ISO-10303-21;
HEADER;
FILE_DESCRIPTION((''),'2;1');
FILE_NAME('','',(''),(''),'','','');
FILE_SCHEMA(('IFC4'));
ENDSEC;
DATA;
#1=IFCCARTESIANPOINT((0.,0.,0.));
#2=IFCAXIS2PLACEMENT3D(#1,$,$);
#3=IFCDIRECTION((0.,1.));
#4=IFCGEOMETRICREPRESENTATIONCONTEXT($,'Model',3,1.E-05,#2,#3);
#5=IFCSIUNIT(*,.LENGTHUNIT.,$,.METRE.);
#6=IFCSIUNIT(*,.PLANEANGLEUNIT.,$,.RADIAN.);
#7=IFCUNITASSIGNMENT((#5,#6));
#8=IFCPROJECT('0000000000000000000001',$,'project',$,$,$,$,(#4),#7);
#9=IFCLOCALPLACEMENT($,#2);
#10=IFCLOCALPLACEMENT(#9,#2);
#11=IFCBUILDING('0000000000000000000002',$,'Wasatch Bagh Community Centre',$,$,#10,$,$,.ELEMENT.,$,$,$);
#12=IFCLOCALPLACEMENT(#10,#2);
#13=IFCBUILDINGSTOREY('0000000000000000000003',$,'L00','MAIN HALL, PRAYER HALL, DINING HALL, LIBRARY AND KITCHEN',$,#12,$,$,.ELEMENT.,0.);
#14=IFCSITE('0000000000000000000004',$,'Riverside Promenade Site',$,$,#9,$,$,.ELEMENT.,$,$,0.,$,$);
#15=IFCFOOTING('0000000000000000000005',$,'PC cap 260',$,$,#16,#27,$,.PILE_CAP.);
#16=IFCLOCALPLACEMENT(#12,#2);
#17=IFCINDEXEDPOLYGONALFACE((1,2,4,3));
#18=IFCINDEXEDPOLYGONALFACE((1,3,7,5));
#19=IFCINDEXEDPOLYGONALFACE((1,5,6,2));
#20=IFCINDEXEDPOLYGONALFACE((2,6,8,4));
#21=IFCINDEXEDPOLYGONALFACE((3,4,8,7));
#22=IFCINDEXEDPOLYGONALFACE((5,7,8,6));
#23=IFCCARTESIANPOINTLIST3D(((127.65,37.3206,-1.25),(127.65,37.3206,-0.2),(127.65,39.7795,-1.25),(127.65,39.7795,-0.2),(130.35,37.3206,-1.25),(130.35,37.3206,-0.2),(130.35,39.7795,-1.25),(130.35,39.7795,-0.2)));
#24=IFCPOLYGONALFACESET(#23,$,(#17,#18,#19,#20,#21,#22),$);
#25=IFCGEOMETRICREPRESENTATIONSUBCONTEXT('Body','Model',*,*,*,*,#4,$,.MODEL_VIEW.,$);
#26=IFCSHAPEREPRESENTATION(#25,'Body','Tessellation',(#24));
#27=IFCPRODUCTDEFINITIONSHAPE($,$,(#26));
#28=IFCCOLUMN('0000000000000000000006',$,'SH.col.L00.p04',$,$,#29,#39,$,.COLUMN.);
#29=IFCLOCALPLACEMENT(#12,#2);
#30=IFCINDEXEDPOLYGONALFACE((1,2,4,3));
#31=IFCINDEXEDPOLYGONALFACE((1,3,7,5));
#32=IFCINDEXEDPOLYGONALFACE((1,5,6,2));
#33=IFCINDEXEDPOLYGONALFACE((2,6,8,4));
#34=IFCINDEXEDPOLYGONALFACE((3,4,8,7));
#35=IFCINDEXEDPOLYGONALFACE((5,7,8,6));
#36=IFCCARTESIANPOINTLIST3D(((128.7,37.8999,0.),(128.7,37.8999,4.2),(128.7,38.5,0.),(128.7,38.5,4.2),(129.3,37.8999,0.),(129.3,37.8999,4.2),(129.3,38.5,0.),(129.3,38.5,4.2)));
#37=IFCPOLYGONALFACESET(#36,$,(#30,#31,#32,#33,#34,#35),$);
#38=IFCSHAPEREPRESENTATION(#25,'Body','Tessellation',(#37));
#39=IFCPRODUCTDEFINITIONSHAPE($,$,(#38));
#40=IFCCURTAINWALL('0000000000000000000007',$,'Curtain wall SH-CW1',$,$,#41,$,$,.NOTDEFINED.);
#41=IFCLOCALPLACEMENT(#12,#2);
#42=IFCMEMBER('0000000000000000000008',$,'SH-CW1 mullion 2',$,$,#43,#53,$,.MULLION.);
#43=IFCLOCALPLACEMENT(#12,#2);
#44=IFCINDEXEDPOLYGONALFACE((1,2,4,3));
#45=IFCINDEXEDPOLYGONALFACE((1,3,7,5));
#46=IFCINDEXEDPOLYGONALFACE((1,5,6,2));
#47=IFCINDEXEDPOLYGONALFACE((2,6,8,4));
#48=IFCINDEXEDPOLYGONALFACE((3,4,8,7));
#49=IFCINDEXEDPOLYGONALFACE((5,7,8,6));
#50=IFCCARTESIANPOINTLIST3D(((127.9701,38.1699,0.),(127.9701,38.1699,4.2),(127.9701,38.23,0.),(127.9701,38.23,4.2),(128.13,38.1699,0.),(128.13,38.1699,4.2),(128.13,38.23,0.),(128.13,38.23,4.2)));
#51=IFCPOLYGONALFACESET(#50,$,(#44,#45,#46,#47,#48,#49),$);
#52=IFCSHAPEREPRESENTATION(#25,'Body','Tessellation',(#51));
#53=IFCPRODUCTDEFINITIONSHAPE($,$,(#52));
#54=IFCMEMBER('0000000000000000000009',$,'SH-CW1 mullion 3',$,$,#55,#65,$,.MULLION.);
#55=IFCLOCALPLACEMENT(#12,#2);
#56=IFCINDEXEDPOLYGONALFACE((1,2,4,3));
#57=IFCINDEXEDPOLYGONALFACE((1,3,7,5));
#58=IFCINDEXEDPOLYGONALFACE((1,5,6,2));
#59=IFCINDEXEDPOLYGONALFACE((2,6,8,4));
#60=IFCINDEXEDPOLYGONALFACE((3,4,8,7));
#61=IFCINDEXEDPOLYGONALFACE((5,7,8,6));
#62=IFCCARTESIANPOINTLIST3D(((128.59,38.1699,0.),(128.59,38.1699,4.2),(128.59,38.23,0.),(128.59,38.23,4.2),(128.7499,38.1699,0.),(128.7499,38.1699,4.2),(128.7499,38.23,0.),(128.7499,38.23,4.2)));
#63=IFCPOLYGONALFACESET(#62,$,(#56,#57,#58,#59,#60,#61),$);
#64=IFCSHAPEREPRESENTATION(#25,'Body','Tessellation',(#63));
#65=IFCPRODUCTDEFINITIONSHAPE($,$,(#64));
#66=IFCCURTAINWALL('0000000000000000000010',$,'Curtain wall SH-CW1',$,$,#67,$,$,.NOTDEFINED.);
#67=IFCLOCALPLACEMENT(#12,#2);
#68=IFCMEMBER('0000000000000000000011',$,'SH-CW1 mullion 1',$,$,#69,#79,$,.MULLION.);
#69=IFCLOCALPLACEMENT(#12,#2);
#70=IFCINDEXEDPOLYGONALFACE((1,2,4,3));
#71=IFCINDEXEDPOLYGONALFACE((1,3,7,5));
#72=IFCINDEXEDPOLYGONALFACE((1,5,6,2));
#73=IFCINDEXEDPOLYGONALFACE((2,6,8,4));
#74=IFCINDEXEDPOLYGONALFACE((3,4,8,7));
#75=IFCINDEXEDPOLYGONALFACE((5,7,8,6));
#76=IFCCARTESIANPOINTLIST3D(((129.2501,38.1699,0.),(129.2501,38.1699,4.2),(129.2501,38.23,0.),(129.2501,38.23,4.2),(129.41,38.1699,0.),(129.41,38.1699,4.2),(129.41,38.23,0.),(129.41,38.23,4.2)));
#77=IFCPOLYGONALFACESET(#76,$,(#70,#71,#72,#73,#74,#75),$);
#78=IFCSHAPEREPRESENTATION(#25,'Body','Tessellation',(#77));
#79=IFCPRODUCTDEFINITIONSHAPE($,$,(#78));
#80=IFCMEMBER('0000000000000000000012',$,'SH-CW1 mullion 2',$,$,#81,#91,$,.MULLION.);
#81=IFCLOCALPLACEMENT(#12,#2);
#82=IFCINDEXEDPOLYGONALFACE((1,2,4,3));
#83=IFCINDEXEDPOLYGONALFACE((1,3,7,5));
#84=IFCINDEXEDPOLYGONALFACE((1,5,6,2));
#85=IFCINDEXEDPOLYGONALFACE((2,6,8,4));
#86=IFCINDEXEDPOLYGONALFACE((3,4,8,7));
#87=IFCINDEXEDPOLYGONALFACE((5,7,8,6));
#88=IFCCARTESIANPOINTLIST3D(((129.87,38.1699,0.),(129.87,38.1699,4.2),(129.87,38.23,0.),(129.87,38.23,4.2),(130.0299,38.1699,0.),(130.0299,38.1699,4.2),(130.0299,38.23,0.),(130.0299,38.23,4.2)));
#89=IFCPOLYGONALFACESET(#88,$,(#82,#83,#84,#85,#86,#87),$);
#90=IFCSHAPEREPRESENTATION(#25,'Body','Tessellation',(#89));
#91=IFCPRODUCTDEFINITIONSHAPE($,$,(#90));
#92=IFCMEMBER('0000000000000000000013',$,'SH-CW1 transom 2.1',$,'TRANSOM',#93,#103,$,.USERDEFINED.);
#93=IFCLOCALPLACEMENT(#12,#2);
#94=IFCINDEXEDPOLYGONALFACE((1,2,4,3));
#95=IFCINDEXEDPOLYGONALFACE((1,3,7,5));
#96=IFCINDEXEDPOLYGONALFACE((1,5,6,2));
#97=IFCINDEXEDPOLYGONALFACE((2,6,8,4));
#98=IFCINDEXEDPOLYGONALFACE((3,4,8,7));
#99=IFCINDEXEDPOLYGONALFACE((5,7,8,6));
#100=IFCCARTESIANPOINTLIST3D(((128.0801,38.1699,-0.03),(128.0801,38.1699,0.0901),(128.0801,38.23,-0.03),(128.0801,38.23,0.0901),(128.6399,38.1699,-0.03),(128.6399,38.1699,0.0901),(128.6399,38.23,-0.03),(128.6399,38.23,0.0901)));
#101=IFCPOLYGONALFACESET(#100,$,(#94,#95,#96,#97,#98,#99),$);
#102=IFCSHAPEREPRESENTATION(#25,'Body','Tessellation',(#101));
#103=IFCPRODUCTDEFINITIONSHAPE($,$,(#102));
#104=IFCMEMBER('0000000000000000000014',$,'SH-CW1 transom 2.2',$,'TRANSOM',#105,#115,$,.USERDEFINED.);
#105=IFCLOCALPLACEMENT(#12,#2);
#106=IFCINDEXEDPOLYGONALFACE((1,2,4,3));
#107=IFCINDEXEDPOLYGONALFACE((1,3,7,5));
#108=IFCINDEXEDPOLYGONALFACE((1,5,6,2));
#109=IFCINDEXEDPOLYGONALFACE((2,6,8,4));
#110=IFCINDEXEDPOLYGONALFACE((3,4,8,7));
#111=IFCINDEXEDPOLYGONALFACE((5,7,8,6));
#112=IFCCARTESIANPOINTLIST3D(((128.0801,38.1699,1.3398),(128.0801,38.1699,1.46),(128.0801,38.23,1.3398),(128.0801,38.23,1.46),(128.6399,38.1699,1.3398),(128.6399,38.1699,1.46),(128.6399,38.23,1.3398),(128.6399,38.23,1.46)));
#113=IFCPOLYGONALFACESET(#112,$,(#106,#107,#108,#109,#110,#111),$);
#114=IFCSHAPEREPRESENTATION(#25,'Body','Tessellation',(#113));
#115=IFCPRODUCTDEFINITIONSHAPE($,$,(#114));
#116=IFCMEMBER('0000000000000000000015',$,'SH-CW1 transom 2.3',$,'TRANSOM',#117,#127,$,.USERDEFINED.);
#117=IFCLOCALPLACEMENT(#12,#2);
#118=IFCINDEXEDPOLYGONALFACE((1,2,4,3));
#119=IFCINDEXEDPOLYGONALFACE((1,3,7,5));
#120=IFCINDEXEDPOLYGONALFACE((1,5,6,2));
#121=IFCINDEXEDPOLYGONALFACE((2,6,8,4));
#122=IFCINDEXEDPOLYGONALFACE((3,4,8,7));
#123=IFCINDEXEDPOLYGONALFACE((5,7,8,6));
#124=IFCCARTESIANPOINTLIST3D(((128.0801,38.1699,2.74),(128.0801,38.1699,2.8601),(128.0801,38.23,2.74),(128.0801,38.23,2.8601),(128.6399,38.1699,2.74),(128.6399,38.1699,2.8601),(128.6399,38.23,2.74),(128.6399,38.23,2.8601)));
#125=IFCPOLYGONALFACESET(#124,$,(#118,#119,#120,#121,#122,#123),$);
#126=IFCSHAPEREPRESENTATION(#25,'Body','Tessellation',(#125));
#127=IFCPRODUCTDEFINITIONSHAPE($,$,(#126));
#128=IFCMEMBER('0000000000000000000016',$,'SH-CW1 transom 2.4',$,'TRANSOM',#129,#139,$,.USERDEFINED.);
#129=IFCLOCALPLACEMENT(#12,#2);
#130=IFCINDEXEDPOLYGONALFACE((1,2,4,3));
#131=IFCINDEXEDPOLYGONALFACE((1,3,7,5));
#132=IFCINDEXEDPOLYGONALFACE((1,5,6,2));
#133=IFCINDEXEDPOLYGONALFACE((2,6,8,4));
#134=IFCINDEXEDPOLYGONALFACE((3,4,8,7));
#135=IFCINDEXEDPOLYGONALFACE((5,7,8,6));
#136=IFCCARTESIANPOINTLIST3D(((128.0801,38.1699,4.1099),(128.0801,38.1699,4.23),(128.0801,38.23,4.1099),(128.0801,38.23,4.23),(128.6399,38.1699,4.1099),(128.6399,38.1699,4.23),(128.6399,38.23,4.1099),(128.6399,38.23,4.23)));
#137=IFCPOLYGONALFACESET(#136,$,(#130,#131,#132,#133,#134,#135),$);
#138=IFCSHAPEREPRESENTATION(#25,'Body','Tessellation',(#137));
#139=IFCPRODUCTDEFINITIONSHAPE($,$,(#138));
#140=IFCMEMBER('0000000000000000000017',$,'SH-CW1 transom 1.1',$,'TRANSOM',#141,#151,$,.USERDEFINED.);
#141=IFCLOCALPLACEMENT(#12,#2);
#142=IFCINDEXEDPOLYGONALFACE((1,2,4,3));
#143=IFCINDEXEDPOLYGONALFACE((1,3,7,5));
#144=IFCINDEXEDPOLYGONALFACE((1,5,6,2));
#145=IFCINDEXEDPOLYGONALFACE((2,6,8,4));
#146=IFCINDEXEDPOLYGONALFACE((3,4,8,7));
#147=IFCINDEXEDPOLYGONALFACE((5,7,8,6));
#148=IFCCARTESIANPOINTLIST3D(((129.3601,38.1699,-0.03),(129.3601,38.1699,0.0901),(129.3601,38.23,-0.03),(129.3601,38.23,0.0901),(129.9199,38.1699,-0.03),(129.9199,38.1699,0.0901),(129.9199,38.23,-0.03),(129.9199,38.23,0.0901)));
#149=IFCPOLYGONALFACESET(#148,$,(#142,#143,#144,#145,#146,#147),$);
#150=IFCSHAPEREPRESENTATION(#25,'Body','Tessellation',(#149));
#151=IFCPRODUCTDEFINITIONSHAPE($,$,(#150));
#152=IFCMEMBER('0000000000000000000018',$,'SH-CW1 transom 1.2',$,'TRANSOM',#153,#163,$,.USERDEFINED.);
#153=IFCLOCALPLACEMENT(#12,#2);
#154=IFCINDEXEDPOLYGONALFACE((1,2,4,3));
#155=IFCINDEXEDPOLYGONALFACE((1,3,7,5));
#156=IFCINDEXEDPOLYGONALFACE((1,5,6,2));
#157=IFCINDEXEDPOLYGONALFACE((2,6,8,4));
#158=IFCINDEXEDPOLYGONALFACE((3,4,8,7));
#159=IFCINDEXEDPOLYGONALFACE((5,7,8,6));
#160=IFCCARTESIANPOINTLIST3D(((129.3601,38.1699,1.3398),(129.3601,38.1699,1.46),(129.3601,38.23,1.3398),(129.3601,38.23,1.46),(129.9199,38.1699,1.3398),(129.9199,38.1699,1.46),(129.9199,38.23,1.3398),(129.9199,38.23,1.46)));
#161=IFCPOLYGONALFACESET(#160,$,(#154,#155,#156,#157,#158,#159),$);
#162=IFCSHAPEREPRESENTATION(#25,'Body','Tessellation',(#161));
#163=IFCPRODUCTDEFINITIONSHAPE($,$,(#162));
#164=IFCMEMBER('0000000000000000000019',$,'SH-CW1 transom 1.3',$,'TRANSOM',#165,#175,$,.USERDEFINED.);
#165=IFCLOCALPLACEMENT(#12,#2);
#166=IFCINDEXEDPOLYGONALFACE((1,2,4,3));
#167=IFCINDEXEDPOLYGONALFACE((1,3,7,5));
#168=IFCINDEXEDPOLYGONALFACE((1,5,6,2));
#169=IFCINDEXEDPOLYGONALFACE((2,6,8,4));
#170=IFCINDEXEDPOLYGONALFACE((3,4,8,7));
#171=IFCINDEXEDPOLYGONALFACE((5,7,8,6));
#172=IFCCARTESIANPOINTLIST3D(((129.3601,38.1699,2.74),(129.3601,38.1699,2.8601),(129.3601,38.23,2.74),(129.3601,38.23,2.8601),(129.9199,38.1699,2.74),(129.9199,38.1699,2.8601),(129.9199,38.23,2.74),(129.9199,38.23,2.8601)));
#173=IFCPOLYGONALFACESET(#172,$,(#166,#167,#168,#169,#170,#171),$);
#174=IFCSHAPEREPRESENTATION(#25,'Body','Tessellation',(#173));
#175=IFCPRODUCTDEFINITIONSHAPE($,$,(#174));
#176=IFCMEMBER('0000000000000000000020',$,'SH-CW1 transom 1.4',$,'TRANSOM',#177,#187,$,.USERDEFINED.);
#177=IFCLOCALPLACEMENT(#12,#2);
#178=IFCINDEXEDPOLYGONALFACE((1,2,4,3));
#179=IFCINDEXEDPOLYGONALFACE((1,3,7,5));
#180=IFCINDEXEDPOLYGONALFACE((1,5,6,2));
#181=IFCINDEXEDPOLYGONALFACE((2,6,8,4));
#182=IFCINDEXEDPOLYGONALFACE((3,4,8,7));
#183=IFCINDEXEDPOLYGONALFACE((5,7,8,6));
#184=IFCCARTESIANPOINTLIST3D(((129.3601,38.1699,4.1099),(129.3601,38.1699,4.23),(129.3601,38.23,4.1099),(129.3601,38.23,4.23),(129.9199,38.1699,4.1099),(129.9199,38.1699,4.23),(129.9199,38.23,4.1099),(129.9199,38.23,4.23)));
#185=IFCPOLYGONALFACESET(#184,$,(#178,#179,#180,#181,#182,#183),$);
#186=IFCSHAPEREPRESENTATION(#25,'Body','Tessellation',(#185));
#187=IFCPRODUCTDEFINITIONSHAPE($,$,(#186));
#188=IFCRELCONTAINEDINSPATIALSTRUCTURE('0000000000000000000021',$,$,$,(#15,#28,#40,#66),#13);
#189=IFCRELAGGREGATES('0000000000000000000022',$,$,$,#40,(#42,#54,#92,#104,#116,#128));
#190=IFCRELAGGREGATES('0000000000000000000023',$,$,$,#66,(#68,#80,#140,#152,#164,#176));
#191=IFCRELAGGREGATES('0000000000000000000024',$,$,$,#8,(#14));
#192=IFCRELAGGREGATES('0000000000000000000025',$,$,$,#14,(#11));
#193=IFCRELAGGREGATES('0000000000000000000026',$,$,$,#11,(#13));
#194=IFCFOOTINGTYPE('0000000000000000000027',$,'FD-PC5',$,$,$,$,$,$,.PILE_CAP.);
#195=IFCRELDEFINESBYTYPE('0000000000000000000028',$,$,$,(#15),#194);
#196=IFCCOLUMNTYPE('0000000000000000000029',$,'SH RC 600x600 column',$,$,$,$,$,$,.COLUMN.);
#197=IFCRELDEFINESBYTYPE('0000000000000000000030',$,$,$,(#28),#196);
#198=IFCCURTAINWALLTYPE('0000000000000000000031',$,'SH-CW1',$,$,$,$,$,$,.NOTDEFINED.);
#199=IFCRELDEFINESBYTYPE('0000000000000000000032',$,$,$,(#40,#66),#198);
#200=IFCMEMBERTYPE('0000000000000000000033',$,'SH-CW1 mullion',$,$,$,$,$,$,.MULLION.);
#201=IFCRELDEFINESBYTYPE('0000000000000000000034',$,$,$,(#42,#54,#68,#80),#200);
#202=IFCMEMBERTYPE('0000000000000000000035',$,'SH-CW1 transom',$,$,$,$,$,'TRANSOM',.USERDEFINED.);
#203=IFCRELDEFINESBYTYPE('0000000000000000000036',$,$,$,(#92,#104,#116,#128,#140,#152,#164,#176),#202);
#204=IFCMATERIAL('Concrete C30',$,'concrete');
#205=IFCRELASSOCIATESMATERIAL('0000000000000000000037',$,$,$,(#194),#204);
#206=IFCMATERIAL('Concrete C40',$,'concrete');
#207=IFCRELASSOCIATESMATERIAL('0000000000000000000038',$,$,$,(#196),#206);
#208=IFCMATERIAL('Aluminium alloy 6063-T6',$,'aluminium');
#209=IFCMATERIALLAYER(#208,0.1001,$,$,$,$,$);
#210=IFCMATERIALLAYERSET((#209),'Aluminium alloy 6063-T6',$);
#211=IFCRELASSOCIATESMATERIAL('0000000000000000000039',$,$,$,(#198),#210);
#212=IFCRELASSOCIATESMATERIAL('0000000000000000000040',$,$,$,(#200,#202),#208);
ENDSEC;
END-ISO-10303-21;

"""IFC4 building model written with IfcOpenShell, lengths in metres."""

from ifc_helpers import new_model, si_unit, direction, frame, origin, origin_2d, place, context, subcontext, project, spatial, rectangle, extrude, material, layer, layer_set, material_profile, profile_set, type_object, element, aggregate, save


model = new_model("IFC4")

# Units and contexts
model_context = context("Model", 3, precision=1e-05, world=origin(), true_north=direction((0.0, 1.0)))
body_context = subcontext(model_context, "Body", "Model", "MODEL_VIEW")
ifc_project = project(units=[si_unit("LENGTHUNIT", "METRE"), si_unit("PLANEANGLEUNIT", "RADIAN")], contexts=[model_context])

# Site, building, storey
site_placement = place(None, origin())
site = spatial("IfcSite", under=ifc_project, at=site_placement, Name="Riverside Promenade Site", CompositionType="ELEMENT", RefElevation=0.0)
building_placement = place(site_placement, origin())
building = spatial("IfcBuilding", under=site, at=building_placement, Name="Wasatch Bagh Community Centre", CompositionType="ELEMENT")
storey_placement = place(building_placement, origin())
storey = spatial("IfcBuildingStorey", under=building, at=storey_placement, Name="L00", Description="MAIN HALL, PRAYER HALL, DINING HALL, LIBRARY AND KITCHEN", CompositionType="ELEMENT", Elevation=0.0)

# Footing
ifc_material_1 = material(Name="Concrete C30", Category="concrete")
footing_type = type_object("IfcFootingType", Name="FD-PC5", PredefinedType="PILE_CAP", material=ifc_material_1)
footing_placement = place(storey_placement, frame((129.0, 38.55, -1.25), z_axis=(0.0, 0.0, 1.0), x_axis=(1.0, 0.0, 0.0)))
element("IfcFooting", 1, at=footing_placement, inside=storey, type_object=footing_type, Name="PC cap 260", PredefinedType="PILE_CAP", context=body_context, shape_type="SweptSolid", body=[
    extrude(rectangle(XDim=2.7, YDim=2.459, at=origin_2d()), origin(), (0.0, 0.0, 1.0), 1.05),
])

# Column
ifc_material_2 = material(Name="Concrete C40", Category="concrete")
ifc_material_profile_1 = material_profile(ifc_material_2, rectangle(XDim=0.6001, YDim=0.6001, at=origin_2d()), Name="RC 600x600")
ifc_profile_set_1 = profile_set([ifc_material_profile_1], Name="Concrete C40")
column_type = type_object("IfcColumnType", Name="SH RC 600x600 column", PredefinedType="COLUMN", material=ifc_profile_set_1)
column_placement = place(storey_placement, frame((129.0, 38.2, 0.0), z_axis=(0.0, 0.0, 1.0), x_axis=(1.0, 0.0, 0.0)))
element("IfcColumn", 2, at=column_placement, inside=storey, type_object=column_type, Name="SH.col.L00.p04", PredefinedType="COLUMN", context=body_context, shape_type="SweptSolid", body=[
    extrude(rectangle(XDim=0.6001, YDim=0.6001, at=origin_2d()), origin(), (0.0, 0.0, 1.0), 4.2),
])

# Curtain walls, members
ifc_material_3 = material(Name="Aluminium alloy 6063-T6", Category="aluminium")
ifc_layer_1 = layer(ifc_material_3, 0.1001)
ifc_layer_set_1 = layer_set([ifc_layer_1], Name="Aluminium alloy 6063-T6")
curtain_wall_type = type_object("IfcCurtainWallType", Name="SH-CW1", PredefinedType="NOTDEFINED", material=ifc_layer_set_1)
curtain_wall_1_placement = place(storey_placement, origin())
curtain_wall_1 = element("IfcCurtainWall", 3, at=curtain_wall_1_placement, inside=storey, type_object=curtain_wall_type, Name="Curtain wall SH-CW1", PredefinedType="NOTDEFINED")
ifc_material_profile_2 = material_profile(ifc_material_3, rectangle(XDim=0.0601, YDim=0.1599, at=origin_2d()), Name="AL 60x160")
ifc_profile_set_2 = profile_set([ifc_material_profile_2], Name="Aluminium alloy 6063-T6")
member_type_1 = type_object("IfcMemberType", Name="SH-CW1 mullion", PredefinedType="MULLION", material=ifc_profile_set_2)
member_1_placement = place(storey_placement, frame((128.05, 38.2, 0.0), z_axis=(0.0, 0.0, 1.0), x_axis=(0.0, 1.0, 0.0)))
member_1 = element("IfcMember", 4, at=member_1_placement, type_object=member_type_1, Name="SH-CW1 mullion 2", PredefinedType="MULLION", context=body_context, shape_type="SweptSolid", body=[
    extrude(rectangle(XDim=0.0601, YDim=0.1599, at=origin_2d()), origin(), (0.0, 0.0, 1.0), 4.2),
])
member_2_placement = place(storey_placement, frame((128.6699, 38.2, 0.0), z_axis=(0.0, 0.0, 1.0), x_axis=(0.0, 1.0, 0.0)))
member_2 = element("IfcMember", 5, at=member_2_placement, type_object=member_type_1, Name="SH-CW1 mullion 3", PredefinedType="MULLION", context=body_context, shape_type="SweptSolid", body=[
    extrude(rectangle(XDim=0.0601, YDim=0.1599, at=origin_2d()), origin(), (0.0, 0.0, 1.0), 4.2),
])
curtain_wall_2_placement = place(storey_placement, origin())
curtain_wall_2 = element("IfcCurtainWall", 6, at=curtain_wall_2_placement, inside=storey, type_object=curtain_wall_type, Name="Curtain wall SH-CW1", PredefinedType="NOTDEFINED")
member_3_placement = place(storey_placement, frame((129.3301, 38.2, 0.0), z_axis=(0.0, 0.0, 1.0), x_axis=(0.0, 1.0, 0.0)))
member_3 = element("IfcMember", 7, at=member_3_placement, type_object=member_type_1, Name="SH-CW1 mullion 1", PredefinedType="MULLION", context=body_context, shape_type="SweptSolid", body=[
    extrude(rectangle(XDim=0.0601, YDim=0.1599, at=origin_2d()), origin(), (0.0, 0.0, 1.0), 4.2),
])
member_4_placement = place(storey_placement, frame((129.95, 38.2, 0.0), z_axis=(0.0, 0.0, 1.0), x_axis=(0.0, 1.0, 0.0)))
member_4 = element("IfcMember", 8, at=member_4_placement, type_object=member_type_1, Name="SH-CW1 mullion 2", PredefinedType="MULLION", context=body_context, shape_type="SweptSolid", body=[
    extrude(rectangle(XDim=0.0601, YDim=0.1599, at=origin_2d()), origin(), (0.0, 0.0, 1.0), 4.2),
])

# Members
ifc_material_profile_3 = material_profile(ifc_material_3, rectangle(XDim=0.0601, YDim=0.1201, at=origin_2d()), Name="AL 60x120")
ifc_profile_set_3 = profile_set([ifc_material_profile_3], Name="Aluminium alloy 6063-T6")
member_type_2 = type_object("IfcMemberType", Name="SH-CW1 transom", ElementType="TRANSOM", PredefinedType="USERDEFINED", material=ifc_profile_set_3)
member_5_placement = place(storey_placement, frame((128.0801, 38.2, 0.03), z_axis=(1.0, 0.0, 0.0), x_axis=(0.0, 1.0, 0.0)))
member_5 = element("IfcMember", 9, at=member_5_placement, type_object=member_type_2, Name="SH-CW1 transom 2.1", ObjectType="TRANSOM", PredefinedType="USERDEFINED", context=body_context, shape_type="SweptSolid", body=[
    extrude(rectangle(XDim=0.0601, YDim=0.1201, at=origin_2d()), origin(), (0.0, 0.0, 1.0), 0.5598),
])
member_6_placement = place(storey_placement, frame((128.0801, 38.2, 1.3999), z_axis=(1.0, 0.0, 0.0), x_axis=(0.0, 1.0, 0.0)))
member_6 = element("IfcMember", 10, at=member_6_placement, type_object=member_type_2, Name="SH-CW1 transom 2.2", ObjectType="TRANSOM", PredefinedType="USERDEFINED", context=body_context, shape_type="SweptSolid", body=[
    extrude(rectangle(XDim=0.0601, YDim=0.1201, at=origin_2d()), origin(), (0.0, 0.0, 1.0), 0.5598),
])
member_7_placement = place(storey_placement, frame((128.0801, 38.2, 2.8), z_axis=(1.0, 0.0, 0.0), x_axis=(0.0, 1.0, 0.0)))
member_7 = element("IfcMember", 11, at=member_7_placement, type_object=member_type_2, Name="SH-CW1 transom 2.3", ObjectType="TRANSOM", PredefinedType="USERDEFINED", context=body_context, shape_type="SweptSolid", body=[
    extrude(rectangle(XDim=0.0601, YDim=0.1201, at=origin_2d()), origin(), (0.0, 0.0, 1.0), 0.5598),
])
member_8_placement = place(storey_placement, frame((128.0801, 38.2, 4.1699), z_axis=(1.0, 0.0, 0.0), x_axis=(0.0, 1.0, 0.0)))
member_8 = element("IfcMember", 12, at=member_8_placement, type_object=member_type_2, Name="SH-CW1 transom 2.4", ObjectType="TRANSOM", PredefinedType="USERDEFINED", context=body_context, shape_type="SweptSolid", body=[
    extrude(rectangle(XDim=0.0601, YDim=0.1201, at=origin_2d()), origin(), (0.0, 0.0, 1.0), 0.5598),
])
member_9_placement = place(storey_placement, frame((129.3601, 38.2, 0.03), z_axis=(1.0, 0.0, 0.0), x_axis=(0.0, 1.0, 0.0)))
member_9 = element("IfcMember", 13, at=member_9_placement, type_object=member_type_2, Name="SH-CW1 transom 1.1", ObjectType="TRANSOM", PredefinedType="USERDEFINED", context=body_context, shape_type="SweptSolid", body=[
    extrude(rectangle(XDim=0.0601, YDim=0.1201, at=origin_2d()), origin(), (0.0, 0.0, 1.0), 0.5598),
])
member_10_placement = place(storey_placement, frame((129.3601, 38.2, 1.3999), z_axis=(1.0, 0.0, 0.0), x_axis=(0.0, 1.0, 0.0)))
member_10 = element("IfcMember", 14, at=member_10_placement, type_object=member_type_2, Name="SH-CW1 transom 1.2", ObjectType="TRANSOM", PredefinedType="USERDEFINED", context=body_context, shape_type="SweptSolid", body=[
    extrude(rectangle(XDim=0.0601, YDim=0.1201, at=origin_2d()), origin(), (0.0, 0.0, 1.0), 0.5598),
])
member_11_placement = place(storey_placement, frame((129.3601, 38.2, 2.8), z_axis=(1.0, 0.0, 0.0), x_axis=(0.0, 1.0, 0.0)))
member_11 = element("IfcMember", 15, at=member_11_placement, type_object=member_type_2, Name="SH-CW1 transom 1.3", ObjectType="TRANSOM", PredefinedType="USERDEFINED", context=body_context, shape_type="SweptSolid", body=[
    extrude(rectangle(XDim=0.0601, YDim=0.1201, at=origin_2d()), origin(), (0.0, 0.0, 1.0), 0.5598),
])
member_12_placement = place(storey_placement, frame((129.3601, 38.2, 4.1699), z_axis=(1.0, 0.0, 0.0), x_axis=(0.0, 1.0, 0.0)))
member_12 = element("IfcMember", 16, at=member_12_placement, type_object=member_type_2, Name="SH-CW1 transom 1.4", ObjectType="TRANSOM", PredefinedType="USERDEFINED", context=body_context, shape_type="SweptSolid", body=[
    extrude(rectangle(XDim=0.0601, YDim=0.1201, at=origin_2d()), origin(), (0.0, 0.0, 1.0), 0.5598),
])

aggregate(curtain_wall_1, [member_1, member_2, member_5, member_6, member_7, member_8])
aggregate(curtain_wall_2, [member_3, member_4, member_9, member_10, member_11, member_12])

save(model, "model.ifc")
